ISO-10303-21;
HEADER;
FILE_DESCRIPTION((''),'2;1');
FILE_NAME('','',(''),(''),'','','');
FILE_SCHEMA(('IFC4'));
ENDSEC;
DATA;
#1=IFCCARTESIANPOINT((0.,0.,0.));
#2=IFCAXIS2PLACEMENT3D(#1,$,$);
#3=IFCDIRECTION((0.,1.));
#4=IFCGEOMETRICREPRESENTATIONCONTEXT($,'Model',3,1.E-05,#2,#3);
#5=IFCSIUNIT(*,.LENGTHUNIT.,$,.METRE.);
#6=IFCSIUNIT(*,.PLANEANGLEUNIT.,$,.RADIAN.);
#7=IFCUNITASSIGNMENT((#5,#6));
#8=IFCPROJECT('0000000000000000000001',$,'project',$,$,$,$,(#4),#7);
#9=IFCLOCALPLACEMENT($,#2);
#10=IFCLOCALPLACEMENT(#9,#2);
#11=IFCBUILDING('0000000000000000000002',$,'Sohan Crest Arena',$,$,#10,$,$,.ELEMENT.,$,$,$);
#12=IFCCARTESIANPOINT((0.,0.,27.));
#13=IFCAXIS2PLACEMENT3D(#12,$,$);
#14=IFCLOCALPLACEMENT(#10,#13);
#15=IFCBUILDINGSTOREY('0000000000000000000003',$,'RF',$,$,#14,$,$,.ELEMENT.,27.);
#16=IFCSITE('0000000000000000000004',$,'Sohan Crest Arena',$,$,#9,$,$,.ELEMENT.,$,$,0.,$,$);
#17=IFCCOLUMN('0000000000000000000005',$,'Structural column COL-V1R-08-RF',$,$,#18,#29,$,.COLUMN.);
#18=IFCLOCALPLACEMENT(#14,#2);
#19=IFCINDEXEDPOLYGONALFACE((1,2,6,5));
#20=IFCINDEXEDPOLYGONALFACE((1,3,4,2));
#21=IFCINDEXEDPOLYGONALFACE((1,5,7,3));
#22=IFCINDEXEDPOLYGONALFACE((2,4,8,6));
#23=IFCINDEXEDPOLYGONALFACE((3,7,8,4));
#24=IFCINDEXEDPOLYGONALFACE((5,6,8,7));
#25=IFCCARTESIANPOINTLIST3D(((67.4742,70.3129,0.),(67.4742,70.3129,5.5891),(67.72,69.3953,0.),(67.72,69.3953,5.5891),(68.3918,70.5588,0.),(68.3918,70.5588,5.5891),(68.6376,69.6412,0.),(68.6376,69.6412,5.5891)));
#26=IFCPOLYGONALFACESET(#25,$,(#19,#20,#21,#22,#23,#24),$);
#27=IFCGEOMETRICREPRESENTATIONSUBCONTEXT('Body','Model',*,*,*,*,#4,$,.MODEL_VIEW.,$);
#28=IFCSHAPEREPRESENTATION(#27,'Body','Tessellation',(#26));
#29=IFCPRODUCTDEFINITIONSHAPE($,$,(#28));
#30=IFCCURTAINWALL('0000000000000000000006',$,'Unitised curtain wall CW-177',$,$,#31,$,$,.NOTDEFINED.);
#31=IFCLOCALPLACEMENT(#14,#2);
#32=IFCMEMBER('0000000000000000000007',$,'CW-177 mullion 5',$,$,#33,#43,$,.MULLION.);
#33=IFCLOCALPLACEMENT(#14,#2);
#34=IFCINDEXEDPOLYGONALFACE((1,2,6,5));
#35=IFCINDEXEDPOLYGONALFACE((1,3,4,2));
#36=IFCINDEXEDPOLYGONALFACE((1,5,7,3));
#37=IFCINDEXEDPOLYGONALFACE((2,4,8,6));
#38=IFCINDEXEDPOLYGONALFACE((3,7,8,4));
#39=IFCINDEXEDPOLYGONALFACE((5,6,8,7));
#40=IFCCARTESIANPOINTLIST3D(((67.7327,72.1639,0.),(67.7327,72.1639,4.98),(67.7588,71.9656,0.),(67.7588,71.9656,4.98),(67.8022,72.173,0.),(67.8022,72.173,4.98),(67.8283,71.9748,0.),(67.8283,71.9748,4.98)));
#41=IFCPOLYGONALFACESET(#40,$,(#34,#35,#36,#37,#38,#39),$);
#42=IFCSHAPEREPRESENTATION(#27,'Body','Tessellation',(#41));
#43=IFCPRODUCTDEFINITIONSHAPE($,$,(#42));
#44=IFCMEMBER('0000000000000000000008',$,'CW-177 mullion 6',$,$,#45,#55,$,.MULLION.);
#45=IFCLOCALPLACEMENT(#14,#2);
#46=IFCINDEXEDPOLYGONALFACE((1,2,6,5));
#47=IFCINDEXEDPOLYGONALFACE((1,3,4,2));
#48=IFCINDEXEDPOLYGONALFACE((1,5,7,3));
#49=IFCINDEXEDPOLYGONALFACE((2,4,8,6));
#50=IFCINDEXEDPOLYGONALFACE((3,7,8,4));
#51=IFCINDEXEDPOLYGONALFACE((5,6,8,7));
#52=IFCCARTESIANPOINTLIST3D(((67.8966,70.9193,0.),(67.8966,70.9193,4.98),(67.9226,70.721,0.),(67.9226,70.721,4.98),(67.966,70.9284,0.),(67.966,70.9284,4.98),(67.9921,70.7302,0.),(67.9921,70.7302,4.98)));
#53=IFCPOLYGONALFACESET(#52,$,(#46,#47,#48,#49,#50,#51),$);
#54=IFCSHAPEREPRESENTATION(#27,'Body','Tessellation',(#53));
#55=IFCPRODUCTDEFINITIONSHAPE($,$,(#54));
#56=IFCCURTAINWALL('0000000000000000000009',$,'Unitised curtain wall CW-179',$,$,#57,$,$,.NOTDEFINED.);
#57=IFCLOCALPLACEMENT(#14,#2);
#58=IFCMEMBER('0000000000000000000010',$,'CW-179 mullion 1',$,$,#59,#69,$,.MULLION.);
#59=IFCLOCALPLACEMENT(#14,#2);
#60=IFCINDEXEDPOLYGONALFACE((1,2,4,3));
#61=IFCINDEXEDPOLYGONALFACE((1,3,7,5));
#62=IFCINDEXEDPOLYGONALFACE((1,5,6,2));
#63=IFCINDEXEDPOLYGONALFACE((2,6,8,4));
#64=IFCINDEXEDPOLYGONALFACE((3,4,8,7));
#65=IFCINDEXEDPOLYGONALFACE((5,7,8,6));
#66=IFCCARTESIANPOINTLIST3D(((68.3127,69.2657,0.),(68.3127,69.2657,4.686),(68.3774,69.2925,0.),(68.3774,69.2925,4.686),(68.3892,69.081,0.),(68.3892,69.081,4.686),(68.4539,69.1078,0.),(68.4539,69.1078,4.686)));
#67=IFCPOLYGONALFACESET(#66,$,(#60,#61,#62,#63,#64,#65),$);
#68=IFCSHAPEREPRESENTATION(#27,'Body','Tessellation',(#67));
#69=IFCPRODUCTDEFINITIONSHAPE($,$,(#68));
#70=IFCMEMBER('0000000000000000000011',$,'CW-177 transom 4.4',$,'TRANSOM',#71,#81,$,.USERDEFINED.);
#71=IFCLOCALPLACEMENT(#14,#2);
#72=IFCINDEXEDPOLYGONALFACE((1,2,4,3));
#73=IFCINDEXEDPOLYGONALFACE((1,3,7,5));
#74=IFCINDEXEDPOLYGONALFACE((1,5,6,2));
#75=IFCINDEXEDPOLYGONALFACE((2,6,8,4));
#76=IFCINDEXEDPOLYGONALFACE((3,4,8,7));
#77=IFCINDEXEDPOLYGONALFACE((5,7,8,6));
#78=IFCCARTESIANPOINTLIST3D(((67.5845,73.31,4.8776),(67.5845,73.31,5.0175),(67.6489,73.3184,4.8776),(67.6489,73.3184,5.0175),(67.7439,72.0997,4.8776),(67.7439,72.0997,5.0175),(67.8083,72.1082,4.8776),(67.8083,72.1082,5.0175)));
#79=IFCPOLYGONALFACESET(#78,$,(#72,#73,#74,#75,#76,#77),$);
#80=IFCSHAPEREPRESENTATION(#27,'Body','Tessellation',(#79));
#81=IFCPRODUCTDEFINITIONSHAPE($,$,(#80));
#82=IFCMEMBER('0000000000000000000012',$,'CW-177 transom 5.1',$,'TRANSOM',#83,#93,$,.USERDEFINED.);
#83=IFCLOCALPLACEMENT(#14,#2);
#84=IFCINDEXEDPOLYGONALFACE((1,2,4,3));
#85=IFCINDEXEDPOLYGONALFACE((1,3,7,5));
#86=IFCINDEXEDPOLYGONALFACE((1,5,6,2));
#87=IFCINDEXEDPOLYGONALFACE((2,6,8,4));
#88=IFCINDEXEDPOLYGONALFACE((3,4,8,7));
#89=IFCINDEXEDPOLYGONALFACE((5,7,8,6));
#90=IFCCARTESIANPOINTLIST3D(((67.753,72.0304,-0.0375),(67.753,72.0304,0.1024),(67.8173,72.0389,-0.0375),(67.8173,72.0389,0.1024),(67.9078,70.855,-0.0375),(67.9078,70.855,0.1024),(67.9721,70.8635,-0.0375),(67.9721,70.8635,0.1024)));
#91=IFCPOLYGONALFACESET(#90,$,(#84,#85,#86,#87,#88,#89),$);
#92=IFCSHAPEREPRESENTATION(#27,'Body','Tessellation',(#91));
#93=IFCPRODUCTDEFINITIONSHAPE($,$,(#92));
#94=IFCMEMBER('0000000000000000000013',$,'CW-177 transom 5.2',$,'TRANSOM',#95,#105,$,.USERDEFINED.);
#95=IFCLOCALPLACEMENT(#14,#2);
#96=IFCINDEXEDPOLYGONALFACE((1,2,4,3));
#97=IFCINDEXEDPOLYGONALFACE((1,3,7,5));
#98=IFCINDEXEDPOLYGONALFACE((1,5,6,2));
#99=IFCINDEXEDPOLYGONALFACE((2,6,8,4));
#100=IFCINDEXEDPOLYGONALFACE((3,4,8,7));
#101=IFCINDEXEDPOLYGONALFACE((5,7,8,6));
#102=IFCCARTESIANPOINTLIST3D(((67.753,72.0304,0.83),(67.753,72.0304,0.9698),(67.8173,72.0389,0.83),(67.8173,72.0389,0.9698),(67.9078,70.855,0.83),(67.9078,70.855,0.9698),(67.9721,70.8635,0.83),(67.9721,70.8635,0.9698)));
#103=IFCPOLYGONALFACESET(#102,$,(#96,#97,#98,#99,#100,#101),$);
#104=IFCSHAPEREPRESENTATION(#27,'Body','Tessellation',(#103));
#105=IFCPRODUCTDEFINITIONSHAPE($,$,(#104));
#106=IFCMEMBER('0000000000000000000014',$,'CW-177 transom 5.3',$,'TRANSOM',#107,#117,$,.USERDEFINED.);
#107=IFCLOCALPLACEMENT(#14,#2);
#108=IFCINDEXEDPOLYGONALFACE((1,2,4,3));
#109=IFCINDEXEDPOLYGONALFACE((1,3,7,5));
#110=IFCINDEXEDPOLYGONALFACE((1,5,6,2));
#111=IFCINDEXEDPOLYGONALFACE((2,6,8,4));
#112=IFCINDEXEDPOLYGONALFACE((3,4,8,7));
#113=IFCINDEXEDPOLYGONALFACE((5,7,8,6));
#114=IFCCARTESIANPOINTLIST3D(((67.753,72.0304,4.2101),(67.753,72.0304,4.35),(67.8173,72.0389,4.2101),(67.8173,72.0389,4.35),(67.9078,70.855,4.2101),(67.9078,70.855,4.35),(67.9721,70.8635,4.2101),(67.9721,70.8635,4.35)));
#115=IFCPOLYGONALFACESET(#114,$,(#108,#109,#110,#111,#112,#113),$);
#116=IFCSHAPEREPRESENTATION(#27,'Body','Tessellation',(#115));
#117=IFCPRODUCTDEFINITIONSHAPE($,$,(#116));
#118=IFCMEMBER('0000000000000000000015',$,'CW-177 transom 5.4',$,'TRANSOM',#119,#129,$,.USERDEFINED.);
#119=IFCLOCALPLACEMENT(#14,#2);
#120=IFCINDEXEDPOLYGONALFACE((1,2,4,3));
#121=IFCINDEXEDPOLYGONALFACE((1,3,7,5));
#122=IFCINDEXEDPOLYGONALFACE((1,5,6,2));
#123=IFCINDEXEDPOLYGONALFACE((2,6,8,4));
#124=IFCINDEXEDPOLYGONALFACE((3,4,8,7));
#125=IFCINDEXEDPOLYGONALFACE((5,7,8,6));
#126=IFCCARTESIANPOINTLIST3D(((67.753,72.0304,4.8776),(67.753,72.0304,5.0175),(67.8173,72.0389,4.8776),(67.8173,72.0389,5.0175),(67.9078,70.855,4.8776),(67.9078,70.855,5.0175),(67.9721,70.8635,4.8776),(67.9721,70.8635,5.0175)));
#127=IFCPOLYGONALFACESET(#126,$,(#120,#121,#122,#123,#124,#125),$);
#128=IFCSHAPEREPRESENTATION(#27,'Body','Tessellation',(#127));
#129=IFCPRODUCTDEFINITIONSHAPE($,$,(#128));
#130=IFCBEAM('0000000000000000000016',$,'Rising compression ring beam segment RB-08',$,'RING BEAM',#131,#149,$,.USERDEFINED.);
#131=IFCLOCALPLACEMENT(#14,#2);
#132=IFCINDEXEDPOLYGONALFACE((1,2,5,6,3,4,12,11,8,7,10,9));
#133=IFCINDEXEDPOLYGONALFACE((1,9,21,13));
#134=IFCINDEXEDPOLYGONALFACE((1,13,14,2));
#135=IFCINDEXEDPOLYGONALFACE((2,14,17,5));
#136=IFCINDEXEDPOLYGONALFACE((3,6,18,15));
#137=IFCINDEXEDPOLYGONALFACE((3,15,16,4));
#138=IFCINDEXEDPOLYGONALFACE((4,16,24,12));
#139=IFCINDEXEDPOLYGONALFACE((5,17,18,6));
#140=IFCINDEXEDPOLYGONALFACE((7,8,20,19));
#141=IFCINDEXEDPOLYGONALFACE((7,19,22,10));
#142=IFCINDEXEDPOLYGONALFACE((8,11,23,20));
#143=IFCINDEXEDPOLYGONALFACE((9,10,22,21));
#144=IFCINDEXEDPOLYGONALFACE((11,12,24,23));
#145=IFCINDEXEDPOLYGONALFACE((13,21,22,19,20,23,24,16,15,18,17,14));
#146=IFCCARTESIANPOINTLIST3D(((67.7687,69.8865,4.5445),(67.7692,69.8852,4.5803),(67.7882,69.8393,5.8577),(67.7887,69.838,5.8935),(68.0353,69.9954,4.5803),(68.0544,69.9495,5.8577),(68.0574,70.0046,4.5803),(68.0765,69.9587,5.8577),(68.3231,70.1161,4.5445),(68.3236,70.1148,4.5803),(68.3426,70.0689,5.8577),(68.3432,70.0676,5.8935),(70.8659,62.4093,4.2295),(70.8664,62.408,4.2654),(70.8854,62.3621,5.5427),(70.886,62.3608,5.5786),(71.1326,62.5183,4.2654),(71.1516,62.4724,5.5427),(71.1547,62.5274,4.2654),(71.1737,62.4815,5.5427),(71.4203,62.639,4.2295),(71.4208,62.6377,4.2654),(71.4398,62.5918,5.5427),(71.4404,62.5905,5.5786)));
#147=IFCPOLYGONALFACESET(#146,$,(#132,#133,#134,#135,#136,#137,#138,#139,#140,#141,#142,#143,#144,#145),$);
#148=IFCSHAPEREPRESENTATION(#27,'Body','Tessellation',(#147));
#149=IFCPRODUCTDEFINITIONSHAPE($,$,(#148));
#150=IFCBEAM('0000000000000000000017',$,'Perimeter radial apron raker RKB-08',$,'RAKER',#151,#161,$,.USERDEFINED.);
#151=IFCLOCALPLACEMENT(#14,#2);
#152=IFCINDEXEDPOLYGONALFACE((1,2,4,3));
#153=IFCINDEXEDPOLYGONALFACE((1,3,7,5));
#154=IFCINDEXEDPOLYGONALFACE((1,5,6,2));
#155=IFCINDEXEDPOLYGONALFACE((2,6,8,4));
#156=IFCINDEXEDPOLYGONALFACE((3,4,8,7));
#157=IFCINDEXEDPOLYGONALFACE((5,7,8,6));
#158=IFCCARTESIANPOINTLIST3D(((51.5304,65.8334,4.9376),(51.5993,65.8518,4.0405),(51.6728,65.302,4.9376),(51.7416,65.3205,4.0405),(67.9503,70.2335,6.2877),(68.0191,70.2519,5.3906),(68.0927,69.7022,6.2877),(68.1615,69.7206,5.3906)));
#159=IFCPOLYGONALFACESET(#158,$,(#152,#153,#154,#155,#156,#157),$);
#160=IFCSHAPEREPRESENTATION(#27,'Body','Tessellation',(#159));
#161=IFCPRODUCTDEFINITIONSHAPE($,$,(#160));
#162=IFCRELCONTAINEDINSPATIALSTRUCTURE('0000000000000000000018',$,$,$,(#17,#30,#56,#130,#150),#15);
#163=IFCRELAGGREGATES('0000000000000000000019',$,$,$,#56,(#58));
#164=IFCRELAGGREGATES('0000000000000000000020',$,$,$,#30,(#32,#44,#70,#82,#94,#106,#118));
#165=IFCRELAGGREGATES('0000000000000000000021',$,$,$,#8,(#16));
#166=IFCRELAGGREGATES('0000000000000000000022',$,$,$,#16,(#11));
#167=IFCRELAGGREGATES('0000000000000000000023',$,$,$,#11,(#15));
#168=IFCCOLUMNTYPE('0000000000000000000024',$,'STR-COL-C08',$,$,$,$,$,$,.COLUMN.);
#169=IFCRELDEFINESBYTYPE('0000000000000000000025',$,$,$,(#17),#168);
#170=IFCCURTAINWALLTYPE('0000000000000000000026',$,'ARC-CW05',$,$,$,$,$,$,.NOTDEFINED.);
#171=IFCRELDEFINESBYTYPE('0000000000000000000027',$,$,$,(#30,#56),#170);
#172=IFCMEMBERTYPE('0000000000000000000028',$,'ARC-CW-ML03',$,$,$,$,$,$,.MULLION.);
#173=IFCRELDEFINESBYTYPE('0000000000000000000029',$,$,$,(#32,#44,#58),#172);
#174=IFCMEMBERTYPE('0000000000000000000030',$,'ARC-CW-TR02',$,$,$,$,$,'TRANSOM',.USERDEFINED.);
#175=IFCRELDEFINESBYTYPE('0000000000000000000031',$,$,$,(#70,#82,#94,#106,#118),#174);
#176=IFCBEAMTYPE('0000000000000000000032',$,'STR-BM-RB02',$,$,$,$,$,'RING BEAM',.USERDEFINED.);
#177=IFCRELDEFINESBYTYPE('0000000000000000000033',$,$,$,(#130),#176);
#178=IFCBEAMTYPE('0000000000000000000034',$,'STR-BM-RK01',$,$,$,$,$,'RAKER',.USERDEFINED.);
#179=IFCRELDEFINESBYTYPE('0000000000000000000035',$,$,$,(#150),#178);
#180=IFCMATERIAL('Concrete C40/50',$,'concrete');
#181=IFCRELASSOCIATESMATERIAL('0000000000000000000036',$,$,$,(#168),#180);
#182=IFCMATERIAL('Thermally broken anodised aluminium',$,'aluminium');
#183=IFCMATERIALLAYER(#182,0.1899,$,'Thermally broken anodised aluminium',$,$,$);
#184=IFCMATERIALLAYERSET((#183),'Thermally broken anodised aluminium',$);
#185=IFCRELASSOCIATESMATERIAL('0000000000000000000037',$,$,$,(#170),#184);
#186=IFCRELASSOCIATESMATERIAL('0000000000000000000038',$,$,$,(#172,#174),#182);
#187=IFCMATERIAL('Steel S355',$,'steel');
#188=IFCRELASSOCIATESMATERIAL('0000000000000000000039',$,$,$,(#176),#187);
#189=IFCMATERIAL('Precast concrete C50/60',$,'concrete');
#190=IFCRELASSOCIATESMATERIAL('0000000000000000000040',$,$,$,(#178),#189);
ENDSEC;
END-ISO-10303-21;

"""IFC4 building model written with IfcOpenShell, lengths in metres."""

from ifc_helpers import new_model, si_unit, direction, frame, origin, origin_2d, place, context, subcontext, project, spatial, rectangle, i_section, extrude, material, layer, layer_set, material_profile, profile_set, type_object, element, aggregate, save


model = new_model("IFC4")

# Units and contexts
model_context = context("Model", 3, precision=1e-05, world=origin(), true_north=direction((0.0, 1.0)))
body_context = subcontext(model_context, "Body", "Model", "MODEL_VIEW")
ifc_project = project(units=[si_unit("LENGTHUNIT", "METRE"), si_unit("PLANEANGLEUNIT", "RADIAN")], contexts=[model_context])

# Site, building, storey
site_placement = place(None, origin())
site = spatial("IfcSite", under=ifc_project, at=site_placement, Name="Sohan Crest Arena", CompositionType="ELEMENT", RefElevation=0.0)
building_placement = place(site_placement, origin())
building = spatial("IfcBuilding", under=site, at=building_placement, Name="Sohan Crest Arena", CompositionType="ELEMENT")
storey_placement = place(building_placement, frame((0.0, 0.0, 27.0)))
storey = spatial("IfcBuildingStorey", under=building, at=storey_placement, Name="RF", CompositionType="ELEMENT", Elevation=27.0)

# Column
ifc_material_1 = material(Name="Concrete C40/50", Category="concrete")
ifc_material_profile_1 = material_profile(ifc_material_1, rectangle(XDim=0.95, YDim=0.95, at=origin_2d()), Name="RC 950x950")
ifc_profile_set_1 = profile_set([ifc_material_profile_1], Name="Concrete C40/50")
column_type = type_object("IfcColumnType", Name="STR-COL-C08", PredefinedType="COLUMN", material=ifc_profile_set_1)
column_placement = place(storey_placement, frame((68.0559, 69.9771, 0.0), z_axis=(0.0, 0.0, 1.0), x_axis=(0.965926, 0.258819, 0.0)))
element("IfcColumn", 1, at=column_placement, inside=storey, type_object=column_type, Name="Structural column COL-V1R-08-RF", PredefinedType="COLUMN", context=body_context, shape_type="SweptSolid", body=[
    extrude(rectangle(XDim=0.95, YDim=0.95, at=origin_2d()), origin(), (0.0, 0.0, 1.0), 5.5891),
])

# Curtain wall, members
ifc_material_2 = material(Name="Thermally broken anodised aluminium", Category="aluminium")
ifc_layer_1 = layer(ifc_material_2, 0.1899, Name="Thermally broken anodised aluminium")
ifc_layer_set_1 = layer_set([ifc_layer_1], Name="Thermally broken anodised aluminium")
curtain_wall_type = type_object("IfcCurtainWallType", Name="ARC-CW05", PredefinedType="NOTDEFINED", material=ifc_layer_set_1)
curtain_wall_1_placement = place(storey_placement, origin())
curtain_wall_1 = element("IfcCurtainWall", 2, at=curtain_wall_1_placement, inside=storey, type_object=curtain_wall_type, Name="Unitised curtain wall CW-177", PredefinedType="NOTDEFINED")
ifc_material_profile_2 = material_profile(ifc_material_2, rectangle(XDim=0.0701, YDim=0.2, at=origin_2d()), Name="ALU-MULL 70x200")
ifc_profile_set_2 = profile_set([ifc_material_profile_2], Name="Thermally broken anodised aluminium")
member_type_1 = type_object("IfcMemberType", Name="ARC-CW-ML03", PredefinedType="MULLION", material=ifc_profile_set_2)
member_1_placement = place(storey_placement, frame((67.7805, 72.0693, 0.0), z_axis=(0.0, 0.0, 1.0), x_axis=(0.991448, 0.130499, 0.0)))
member_1 = element("IfcMember", 3, at=member_1_placement, type_object=member_type_1, Name="CW-177 mullion 5", PredefinedType="MULLION", context=body_context, shape_type="SweptSolid", body=[
    extrude(rectangle(XDim=0.0701, YDim=0.2, at=origin_2d()), origin(), (0.0, 0.0, 1.0), 4.98),
])
member_2_placement = place(storey_placement, frame((67.9443, 70.8247, 0.0), z_axis=(0.0, 0.0, 1.0), x_axis=(0.991448, 0.130499, 0.0)))
member_2 = element("IfcMember", 4, at=member_2_placement, type_object=member_type_1, Name="CW-177 mullion 6", PredefinedType="MULLION", context=body_context, shape_type="SweptSolid", body=[
    extrude(rectangle(XDim=0.0701, YDim=0.2, at=origin_2d()), origin(), (0.0, 0.0, 1.0), 4.98),
])

# Curtain wall, member
curtain_wall_2_placement = place(storey_placement, origin())
curtain_wall_2 = element("IfcCurtainWall", 5, at=curtain_wall_2_placement, inside=storey, type_object=curtain_wall_type, Name="Unitised curtain wall CW-179", PredefinedType="NOTDEFINED")
member_3_placement = place(storey_placement, frame((68.3833, 69.1868, 0.0), z_axis=(0.0, 0.0, 1.0), x_axis=(0.923886, 0.382667, 0.0)))
member_3 = element("IfcMember", 6, at=member_3_placement, type_object=member_type_1, Name="CW-179 mullion 1", PredefinedType="MULLION", context=body_context, shape_type="SweptSolid", body=[
    extrude(rectangle(XDim=0.0701, YDim=0.2, at=origin_2d()), origin(), (0.0, 0.0, 1.0), 4.686),
])
aggregate(curtain_wall_2, [member_3])

# Members
ifc_material_profile_3 = material_profile(ifc_material_2, rectangle(XDim=0.0649, YDim=0.1399, at=origin_2d()), Name="ALU-TRAN 65x140")
ifc_profile_set_3 = profile_set([ifc_material_profile_3], Name="Thermally broken anodised aluminium")
member_type_2 = type_object("IfcMemberType", Name="ARC-CW-TR02", ElementType="TRANSOM", PredefinedType="USERDEFINED", material=ifc_profile_set_3)
member_4_placement = place(storey_placement, frame((67.6167, 73.3142, 4.9475), z_axis=(0.130605, -0.991435, 0.0), x_axis=(0.991435, 0.130605, 0.0)))
member_4 = element("IfcMember", 7, at=member_4_placement, type_object=member_type_2, Name="CW-177 transom 4.4", ObjectType="TRANSOM", PredefinedType="USERDEFINED", context=body_context, shape_type="SweptSolid", body=[
    extrude(rectangle(XDim=0.0649, YDim=0.1399, at=origin_2d()), origin(), (0.0, 0.0, 1.0), 1.2207),
])
member_5_placement = place(storey_placement, frame((67.7852, 72.0347, 0.0325), z_axis=(0.130572, -0.991439, 0.0), x_axis=(0.991439, 0.130572, 0.0)))
member_5 = element("IfcMember", 8, at=member_5_placement, type_object=member_type_2, Name="CW-177 transom 5.1", ObjectType="TRANSOM", PredefinedType="USERDEFINED", context=body_context, shape_type="SweptSolid", body=[
    extrude(rectangle(XDim=0.0649, YDim=0.1399, at=origin_2d()), origin(), (0.0, 0.0, 1.0), 1.1855),
])
member_6_placement = place(storey_placement, frame((67.7852, 72.0347, 0.8999), z_axis=(0.130572, -0.991439, 0.0), x_axis=(0.991439, 0.130572, 0.0)))
member_6 = element("IfcMember", 9, at=member_6_placement, type_object=member_type_2, Name="CW-177 transom 5.2", ObjectType="TRANSOM", PredefinedType="USERDEFINED", context=body_context, shape_type="SweptSolid", body=[
    extrude(rectangle(XDim=0.0649, YDim=0.1399, at=origin_2d()), origin(), (0.0, 0.0, 1.0), 1.1855),
])
member_7_placement = place(storey_placement, frame((67.7852, 72.0347, 4.28), z_axis=(0.130572, -0.991439, 0.0), x_axis=(0.991439, 0.130572, 0.0)))
member_7 = element("IfcMember", 10, at=member_7_placement, type_object=member_type_2, Name="CW-177 transom 5.3", ObjectType="TRANSOM", PredefinedType="USERDEFINED", context=body_context, shape_type="SweptSolid", body=[
    extrude(rectangle(XDim=0.0649, YDim=0.1399, at=origin_2d()), origin(), (0.0, 0.0, 1.0), 1.1855),
])
member_8_placement = place(storey_placement, frame((67.7852, 72.0347, 4.9475), z_axis=(0.130572, -0.991439, 0.0), x_axis=(0.991439, 0.130572, 0.0)))
member_8 = element("IfcMember", 11, at=member_8_placement, type_object=member_type_2, Name="CW-177 transom 5.4", ObjectType="TRANSOM", PredefinedType="USERDEFINED", context=body_context, shape_type="SweptSolid", body=[
    extrude(rectangle(XDim=0.0649, YDim=0.1399, at=origin_2d()), origin(), (0.0, 0.0, 1.0), 1.1855),
])

# Beams
ifc_material_3 = material(Name="Steel S355", Category="steel")
ifc_material_profile_4 = material_profile(ifc_material_3, i_section(OverallWidth=0.6001, OverallDepth=1.3501, WebThickness=0.0239, FlangeThickness=0.0359, at=origin_2d()), Name="PG 1350x600x24x36")
ifc_profile_set_4 = profile_set([ifc_material_profile_4], Name="Steel S355")
beam_type_1 = type_object("IfcBeamType", Name="STR-BM-RB02", ElementType="RING BEAM", PredefinedType="USERDEFINED", material=ifc_profile_set_4)
beam_1_placement = place(storey_placement, frame((68.0559, 69.9771, 5.219), z_axis=(0.382402, -0.923178, -0.038885), x_axis=(0.923876, 0.382691, 0.0)))
element("IfcBeam", 12, at=beam_1_placement, inside=storey, type_object=beam_type_1, Name="Rising compression ring beam segment RB-08", ObjectType="RING BEAM", PredefinedType="USERDEFINED", context=body_context, shape_type="SweptSolid", body=[
    extrude(i_section(OverallWidth=0.6001, OverallDepth=1.3501, WebThickness=0.0239, FlangeThickness=0.0359, at=origin_2d()), origin(), (0.0, 0.0, 1.0), 8.0994),
])
ifc_material_4 = material(Name="Precast concrete C50/60", Category="concrete")
ifc_material_profile_5 = material_profile(ifc_material_4, rectangle(XDim=0.55, YDim=0.8999, at=origin_2d()), Name="RAKER 550x900")
ifc_profile_set_5 = profile_set([ifc_material_profile_5], Name="Precast concrete C50/60")
beam_type_2 = type_object("IfcBeamType", Name="STR-BM-RK01", ElementType="RAKER", PredefinedType="USERDEFINED", material=ifc_profile_set_5)
beam_2_placement = place(storey_placement, frame((68.0559, 69.9771, 5.8391), z_axis=(-0.962887, -0.258031, -0.079172), x_axis=(0.258843, -0.965919, 0.0)))
element("IfcBeam", 13, at=beam_2_placement, inside=storey, type_object=beam_type_2, Name="Perimeter radial apron raker RKB-08", ObjectType="RAKER", PredefinedType="USERDEFINED", context=body_context, shape_type="SweptSolid", body=[
    extrude(rectangle(XDim=0.55, YDim=0.8999, at=origin_2d()), origin(), (0.0, 0.0, 1.0), 17.0527),
])

aggregate(curtain_wall_1, [member_1, member_2, member_4, member_5, member_6, member_7, member_8])

save(model, "model.ifc")
